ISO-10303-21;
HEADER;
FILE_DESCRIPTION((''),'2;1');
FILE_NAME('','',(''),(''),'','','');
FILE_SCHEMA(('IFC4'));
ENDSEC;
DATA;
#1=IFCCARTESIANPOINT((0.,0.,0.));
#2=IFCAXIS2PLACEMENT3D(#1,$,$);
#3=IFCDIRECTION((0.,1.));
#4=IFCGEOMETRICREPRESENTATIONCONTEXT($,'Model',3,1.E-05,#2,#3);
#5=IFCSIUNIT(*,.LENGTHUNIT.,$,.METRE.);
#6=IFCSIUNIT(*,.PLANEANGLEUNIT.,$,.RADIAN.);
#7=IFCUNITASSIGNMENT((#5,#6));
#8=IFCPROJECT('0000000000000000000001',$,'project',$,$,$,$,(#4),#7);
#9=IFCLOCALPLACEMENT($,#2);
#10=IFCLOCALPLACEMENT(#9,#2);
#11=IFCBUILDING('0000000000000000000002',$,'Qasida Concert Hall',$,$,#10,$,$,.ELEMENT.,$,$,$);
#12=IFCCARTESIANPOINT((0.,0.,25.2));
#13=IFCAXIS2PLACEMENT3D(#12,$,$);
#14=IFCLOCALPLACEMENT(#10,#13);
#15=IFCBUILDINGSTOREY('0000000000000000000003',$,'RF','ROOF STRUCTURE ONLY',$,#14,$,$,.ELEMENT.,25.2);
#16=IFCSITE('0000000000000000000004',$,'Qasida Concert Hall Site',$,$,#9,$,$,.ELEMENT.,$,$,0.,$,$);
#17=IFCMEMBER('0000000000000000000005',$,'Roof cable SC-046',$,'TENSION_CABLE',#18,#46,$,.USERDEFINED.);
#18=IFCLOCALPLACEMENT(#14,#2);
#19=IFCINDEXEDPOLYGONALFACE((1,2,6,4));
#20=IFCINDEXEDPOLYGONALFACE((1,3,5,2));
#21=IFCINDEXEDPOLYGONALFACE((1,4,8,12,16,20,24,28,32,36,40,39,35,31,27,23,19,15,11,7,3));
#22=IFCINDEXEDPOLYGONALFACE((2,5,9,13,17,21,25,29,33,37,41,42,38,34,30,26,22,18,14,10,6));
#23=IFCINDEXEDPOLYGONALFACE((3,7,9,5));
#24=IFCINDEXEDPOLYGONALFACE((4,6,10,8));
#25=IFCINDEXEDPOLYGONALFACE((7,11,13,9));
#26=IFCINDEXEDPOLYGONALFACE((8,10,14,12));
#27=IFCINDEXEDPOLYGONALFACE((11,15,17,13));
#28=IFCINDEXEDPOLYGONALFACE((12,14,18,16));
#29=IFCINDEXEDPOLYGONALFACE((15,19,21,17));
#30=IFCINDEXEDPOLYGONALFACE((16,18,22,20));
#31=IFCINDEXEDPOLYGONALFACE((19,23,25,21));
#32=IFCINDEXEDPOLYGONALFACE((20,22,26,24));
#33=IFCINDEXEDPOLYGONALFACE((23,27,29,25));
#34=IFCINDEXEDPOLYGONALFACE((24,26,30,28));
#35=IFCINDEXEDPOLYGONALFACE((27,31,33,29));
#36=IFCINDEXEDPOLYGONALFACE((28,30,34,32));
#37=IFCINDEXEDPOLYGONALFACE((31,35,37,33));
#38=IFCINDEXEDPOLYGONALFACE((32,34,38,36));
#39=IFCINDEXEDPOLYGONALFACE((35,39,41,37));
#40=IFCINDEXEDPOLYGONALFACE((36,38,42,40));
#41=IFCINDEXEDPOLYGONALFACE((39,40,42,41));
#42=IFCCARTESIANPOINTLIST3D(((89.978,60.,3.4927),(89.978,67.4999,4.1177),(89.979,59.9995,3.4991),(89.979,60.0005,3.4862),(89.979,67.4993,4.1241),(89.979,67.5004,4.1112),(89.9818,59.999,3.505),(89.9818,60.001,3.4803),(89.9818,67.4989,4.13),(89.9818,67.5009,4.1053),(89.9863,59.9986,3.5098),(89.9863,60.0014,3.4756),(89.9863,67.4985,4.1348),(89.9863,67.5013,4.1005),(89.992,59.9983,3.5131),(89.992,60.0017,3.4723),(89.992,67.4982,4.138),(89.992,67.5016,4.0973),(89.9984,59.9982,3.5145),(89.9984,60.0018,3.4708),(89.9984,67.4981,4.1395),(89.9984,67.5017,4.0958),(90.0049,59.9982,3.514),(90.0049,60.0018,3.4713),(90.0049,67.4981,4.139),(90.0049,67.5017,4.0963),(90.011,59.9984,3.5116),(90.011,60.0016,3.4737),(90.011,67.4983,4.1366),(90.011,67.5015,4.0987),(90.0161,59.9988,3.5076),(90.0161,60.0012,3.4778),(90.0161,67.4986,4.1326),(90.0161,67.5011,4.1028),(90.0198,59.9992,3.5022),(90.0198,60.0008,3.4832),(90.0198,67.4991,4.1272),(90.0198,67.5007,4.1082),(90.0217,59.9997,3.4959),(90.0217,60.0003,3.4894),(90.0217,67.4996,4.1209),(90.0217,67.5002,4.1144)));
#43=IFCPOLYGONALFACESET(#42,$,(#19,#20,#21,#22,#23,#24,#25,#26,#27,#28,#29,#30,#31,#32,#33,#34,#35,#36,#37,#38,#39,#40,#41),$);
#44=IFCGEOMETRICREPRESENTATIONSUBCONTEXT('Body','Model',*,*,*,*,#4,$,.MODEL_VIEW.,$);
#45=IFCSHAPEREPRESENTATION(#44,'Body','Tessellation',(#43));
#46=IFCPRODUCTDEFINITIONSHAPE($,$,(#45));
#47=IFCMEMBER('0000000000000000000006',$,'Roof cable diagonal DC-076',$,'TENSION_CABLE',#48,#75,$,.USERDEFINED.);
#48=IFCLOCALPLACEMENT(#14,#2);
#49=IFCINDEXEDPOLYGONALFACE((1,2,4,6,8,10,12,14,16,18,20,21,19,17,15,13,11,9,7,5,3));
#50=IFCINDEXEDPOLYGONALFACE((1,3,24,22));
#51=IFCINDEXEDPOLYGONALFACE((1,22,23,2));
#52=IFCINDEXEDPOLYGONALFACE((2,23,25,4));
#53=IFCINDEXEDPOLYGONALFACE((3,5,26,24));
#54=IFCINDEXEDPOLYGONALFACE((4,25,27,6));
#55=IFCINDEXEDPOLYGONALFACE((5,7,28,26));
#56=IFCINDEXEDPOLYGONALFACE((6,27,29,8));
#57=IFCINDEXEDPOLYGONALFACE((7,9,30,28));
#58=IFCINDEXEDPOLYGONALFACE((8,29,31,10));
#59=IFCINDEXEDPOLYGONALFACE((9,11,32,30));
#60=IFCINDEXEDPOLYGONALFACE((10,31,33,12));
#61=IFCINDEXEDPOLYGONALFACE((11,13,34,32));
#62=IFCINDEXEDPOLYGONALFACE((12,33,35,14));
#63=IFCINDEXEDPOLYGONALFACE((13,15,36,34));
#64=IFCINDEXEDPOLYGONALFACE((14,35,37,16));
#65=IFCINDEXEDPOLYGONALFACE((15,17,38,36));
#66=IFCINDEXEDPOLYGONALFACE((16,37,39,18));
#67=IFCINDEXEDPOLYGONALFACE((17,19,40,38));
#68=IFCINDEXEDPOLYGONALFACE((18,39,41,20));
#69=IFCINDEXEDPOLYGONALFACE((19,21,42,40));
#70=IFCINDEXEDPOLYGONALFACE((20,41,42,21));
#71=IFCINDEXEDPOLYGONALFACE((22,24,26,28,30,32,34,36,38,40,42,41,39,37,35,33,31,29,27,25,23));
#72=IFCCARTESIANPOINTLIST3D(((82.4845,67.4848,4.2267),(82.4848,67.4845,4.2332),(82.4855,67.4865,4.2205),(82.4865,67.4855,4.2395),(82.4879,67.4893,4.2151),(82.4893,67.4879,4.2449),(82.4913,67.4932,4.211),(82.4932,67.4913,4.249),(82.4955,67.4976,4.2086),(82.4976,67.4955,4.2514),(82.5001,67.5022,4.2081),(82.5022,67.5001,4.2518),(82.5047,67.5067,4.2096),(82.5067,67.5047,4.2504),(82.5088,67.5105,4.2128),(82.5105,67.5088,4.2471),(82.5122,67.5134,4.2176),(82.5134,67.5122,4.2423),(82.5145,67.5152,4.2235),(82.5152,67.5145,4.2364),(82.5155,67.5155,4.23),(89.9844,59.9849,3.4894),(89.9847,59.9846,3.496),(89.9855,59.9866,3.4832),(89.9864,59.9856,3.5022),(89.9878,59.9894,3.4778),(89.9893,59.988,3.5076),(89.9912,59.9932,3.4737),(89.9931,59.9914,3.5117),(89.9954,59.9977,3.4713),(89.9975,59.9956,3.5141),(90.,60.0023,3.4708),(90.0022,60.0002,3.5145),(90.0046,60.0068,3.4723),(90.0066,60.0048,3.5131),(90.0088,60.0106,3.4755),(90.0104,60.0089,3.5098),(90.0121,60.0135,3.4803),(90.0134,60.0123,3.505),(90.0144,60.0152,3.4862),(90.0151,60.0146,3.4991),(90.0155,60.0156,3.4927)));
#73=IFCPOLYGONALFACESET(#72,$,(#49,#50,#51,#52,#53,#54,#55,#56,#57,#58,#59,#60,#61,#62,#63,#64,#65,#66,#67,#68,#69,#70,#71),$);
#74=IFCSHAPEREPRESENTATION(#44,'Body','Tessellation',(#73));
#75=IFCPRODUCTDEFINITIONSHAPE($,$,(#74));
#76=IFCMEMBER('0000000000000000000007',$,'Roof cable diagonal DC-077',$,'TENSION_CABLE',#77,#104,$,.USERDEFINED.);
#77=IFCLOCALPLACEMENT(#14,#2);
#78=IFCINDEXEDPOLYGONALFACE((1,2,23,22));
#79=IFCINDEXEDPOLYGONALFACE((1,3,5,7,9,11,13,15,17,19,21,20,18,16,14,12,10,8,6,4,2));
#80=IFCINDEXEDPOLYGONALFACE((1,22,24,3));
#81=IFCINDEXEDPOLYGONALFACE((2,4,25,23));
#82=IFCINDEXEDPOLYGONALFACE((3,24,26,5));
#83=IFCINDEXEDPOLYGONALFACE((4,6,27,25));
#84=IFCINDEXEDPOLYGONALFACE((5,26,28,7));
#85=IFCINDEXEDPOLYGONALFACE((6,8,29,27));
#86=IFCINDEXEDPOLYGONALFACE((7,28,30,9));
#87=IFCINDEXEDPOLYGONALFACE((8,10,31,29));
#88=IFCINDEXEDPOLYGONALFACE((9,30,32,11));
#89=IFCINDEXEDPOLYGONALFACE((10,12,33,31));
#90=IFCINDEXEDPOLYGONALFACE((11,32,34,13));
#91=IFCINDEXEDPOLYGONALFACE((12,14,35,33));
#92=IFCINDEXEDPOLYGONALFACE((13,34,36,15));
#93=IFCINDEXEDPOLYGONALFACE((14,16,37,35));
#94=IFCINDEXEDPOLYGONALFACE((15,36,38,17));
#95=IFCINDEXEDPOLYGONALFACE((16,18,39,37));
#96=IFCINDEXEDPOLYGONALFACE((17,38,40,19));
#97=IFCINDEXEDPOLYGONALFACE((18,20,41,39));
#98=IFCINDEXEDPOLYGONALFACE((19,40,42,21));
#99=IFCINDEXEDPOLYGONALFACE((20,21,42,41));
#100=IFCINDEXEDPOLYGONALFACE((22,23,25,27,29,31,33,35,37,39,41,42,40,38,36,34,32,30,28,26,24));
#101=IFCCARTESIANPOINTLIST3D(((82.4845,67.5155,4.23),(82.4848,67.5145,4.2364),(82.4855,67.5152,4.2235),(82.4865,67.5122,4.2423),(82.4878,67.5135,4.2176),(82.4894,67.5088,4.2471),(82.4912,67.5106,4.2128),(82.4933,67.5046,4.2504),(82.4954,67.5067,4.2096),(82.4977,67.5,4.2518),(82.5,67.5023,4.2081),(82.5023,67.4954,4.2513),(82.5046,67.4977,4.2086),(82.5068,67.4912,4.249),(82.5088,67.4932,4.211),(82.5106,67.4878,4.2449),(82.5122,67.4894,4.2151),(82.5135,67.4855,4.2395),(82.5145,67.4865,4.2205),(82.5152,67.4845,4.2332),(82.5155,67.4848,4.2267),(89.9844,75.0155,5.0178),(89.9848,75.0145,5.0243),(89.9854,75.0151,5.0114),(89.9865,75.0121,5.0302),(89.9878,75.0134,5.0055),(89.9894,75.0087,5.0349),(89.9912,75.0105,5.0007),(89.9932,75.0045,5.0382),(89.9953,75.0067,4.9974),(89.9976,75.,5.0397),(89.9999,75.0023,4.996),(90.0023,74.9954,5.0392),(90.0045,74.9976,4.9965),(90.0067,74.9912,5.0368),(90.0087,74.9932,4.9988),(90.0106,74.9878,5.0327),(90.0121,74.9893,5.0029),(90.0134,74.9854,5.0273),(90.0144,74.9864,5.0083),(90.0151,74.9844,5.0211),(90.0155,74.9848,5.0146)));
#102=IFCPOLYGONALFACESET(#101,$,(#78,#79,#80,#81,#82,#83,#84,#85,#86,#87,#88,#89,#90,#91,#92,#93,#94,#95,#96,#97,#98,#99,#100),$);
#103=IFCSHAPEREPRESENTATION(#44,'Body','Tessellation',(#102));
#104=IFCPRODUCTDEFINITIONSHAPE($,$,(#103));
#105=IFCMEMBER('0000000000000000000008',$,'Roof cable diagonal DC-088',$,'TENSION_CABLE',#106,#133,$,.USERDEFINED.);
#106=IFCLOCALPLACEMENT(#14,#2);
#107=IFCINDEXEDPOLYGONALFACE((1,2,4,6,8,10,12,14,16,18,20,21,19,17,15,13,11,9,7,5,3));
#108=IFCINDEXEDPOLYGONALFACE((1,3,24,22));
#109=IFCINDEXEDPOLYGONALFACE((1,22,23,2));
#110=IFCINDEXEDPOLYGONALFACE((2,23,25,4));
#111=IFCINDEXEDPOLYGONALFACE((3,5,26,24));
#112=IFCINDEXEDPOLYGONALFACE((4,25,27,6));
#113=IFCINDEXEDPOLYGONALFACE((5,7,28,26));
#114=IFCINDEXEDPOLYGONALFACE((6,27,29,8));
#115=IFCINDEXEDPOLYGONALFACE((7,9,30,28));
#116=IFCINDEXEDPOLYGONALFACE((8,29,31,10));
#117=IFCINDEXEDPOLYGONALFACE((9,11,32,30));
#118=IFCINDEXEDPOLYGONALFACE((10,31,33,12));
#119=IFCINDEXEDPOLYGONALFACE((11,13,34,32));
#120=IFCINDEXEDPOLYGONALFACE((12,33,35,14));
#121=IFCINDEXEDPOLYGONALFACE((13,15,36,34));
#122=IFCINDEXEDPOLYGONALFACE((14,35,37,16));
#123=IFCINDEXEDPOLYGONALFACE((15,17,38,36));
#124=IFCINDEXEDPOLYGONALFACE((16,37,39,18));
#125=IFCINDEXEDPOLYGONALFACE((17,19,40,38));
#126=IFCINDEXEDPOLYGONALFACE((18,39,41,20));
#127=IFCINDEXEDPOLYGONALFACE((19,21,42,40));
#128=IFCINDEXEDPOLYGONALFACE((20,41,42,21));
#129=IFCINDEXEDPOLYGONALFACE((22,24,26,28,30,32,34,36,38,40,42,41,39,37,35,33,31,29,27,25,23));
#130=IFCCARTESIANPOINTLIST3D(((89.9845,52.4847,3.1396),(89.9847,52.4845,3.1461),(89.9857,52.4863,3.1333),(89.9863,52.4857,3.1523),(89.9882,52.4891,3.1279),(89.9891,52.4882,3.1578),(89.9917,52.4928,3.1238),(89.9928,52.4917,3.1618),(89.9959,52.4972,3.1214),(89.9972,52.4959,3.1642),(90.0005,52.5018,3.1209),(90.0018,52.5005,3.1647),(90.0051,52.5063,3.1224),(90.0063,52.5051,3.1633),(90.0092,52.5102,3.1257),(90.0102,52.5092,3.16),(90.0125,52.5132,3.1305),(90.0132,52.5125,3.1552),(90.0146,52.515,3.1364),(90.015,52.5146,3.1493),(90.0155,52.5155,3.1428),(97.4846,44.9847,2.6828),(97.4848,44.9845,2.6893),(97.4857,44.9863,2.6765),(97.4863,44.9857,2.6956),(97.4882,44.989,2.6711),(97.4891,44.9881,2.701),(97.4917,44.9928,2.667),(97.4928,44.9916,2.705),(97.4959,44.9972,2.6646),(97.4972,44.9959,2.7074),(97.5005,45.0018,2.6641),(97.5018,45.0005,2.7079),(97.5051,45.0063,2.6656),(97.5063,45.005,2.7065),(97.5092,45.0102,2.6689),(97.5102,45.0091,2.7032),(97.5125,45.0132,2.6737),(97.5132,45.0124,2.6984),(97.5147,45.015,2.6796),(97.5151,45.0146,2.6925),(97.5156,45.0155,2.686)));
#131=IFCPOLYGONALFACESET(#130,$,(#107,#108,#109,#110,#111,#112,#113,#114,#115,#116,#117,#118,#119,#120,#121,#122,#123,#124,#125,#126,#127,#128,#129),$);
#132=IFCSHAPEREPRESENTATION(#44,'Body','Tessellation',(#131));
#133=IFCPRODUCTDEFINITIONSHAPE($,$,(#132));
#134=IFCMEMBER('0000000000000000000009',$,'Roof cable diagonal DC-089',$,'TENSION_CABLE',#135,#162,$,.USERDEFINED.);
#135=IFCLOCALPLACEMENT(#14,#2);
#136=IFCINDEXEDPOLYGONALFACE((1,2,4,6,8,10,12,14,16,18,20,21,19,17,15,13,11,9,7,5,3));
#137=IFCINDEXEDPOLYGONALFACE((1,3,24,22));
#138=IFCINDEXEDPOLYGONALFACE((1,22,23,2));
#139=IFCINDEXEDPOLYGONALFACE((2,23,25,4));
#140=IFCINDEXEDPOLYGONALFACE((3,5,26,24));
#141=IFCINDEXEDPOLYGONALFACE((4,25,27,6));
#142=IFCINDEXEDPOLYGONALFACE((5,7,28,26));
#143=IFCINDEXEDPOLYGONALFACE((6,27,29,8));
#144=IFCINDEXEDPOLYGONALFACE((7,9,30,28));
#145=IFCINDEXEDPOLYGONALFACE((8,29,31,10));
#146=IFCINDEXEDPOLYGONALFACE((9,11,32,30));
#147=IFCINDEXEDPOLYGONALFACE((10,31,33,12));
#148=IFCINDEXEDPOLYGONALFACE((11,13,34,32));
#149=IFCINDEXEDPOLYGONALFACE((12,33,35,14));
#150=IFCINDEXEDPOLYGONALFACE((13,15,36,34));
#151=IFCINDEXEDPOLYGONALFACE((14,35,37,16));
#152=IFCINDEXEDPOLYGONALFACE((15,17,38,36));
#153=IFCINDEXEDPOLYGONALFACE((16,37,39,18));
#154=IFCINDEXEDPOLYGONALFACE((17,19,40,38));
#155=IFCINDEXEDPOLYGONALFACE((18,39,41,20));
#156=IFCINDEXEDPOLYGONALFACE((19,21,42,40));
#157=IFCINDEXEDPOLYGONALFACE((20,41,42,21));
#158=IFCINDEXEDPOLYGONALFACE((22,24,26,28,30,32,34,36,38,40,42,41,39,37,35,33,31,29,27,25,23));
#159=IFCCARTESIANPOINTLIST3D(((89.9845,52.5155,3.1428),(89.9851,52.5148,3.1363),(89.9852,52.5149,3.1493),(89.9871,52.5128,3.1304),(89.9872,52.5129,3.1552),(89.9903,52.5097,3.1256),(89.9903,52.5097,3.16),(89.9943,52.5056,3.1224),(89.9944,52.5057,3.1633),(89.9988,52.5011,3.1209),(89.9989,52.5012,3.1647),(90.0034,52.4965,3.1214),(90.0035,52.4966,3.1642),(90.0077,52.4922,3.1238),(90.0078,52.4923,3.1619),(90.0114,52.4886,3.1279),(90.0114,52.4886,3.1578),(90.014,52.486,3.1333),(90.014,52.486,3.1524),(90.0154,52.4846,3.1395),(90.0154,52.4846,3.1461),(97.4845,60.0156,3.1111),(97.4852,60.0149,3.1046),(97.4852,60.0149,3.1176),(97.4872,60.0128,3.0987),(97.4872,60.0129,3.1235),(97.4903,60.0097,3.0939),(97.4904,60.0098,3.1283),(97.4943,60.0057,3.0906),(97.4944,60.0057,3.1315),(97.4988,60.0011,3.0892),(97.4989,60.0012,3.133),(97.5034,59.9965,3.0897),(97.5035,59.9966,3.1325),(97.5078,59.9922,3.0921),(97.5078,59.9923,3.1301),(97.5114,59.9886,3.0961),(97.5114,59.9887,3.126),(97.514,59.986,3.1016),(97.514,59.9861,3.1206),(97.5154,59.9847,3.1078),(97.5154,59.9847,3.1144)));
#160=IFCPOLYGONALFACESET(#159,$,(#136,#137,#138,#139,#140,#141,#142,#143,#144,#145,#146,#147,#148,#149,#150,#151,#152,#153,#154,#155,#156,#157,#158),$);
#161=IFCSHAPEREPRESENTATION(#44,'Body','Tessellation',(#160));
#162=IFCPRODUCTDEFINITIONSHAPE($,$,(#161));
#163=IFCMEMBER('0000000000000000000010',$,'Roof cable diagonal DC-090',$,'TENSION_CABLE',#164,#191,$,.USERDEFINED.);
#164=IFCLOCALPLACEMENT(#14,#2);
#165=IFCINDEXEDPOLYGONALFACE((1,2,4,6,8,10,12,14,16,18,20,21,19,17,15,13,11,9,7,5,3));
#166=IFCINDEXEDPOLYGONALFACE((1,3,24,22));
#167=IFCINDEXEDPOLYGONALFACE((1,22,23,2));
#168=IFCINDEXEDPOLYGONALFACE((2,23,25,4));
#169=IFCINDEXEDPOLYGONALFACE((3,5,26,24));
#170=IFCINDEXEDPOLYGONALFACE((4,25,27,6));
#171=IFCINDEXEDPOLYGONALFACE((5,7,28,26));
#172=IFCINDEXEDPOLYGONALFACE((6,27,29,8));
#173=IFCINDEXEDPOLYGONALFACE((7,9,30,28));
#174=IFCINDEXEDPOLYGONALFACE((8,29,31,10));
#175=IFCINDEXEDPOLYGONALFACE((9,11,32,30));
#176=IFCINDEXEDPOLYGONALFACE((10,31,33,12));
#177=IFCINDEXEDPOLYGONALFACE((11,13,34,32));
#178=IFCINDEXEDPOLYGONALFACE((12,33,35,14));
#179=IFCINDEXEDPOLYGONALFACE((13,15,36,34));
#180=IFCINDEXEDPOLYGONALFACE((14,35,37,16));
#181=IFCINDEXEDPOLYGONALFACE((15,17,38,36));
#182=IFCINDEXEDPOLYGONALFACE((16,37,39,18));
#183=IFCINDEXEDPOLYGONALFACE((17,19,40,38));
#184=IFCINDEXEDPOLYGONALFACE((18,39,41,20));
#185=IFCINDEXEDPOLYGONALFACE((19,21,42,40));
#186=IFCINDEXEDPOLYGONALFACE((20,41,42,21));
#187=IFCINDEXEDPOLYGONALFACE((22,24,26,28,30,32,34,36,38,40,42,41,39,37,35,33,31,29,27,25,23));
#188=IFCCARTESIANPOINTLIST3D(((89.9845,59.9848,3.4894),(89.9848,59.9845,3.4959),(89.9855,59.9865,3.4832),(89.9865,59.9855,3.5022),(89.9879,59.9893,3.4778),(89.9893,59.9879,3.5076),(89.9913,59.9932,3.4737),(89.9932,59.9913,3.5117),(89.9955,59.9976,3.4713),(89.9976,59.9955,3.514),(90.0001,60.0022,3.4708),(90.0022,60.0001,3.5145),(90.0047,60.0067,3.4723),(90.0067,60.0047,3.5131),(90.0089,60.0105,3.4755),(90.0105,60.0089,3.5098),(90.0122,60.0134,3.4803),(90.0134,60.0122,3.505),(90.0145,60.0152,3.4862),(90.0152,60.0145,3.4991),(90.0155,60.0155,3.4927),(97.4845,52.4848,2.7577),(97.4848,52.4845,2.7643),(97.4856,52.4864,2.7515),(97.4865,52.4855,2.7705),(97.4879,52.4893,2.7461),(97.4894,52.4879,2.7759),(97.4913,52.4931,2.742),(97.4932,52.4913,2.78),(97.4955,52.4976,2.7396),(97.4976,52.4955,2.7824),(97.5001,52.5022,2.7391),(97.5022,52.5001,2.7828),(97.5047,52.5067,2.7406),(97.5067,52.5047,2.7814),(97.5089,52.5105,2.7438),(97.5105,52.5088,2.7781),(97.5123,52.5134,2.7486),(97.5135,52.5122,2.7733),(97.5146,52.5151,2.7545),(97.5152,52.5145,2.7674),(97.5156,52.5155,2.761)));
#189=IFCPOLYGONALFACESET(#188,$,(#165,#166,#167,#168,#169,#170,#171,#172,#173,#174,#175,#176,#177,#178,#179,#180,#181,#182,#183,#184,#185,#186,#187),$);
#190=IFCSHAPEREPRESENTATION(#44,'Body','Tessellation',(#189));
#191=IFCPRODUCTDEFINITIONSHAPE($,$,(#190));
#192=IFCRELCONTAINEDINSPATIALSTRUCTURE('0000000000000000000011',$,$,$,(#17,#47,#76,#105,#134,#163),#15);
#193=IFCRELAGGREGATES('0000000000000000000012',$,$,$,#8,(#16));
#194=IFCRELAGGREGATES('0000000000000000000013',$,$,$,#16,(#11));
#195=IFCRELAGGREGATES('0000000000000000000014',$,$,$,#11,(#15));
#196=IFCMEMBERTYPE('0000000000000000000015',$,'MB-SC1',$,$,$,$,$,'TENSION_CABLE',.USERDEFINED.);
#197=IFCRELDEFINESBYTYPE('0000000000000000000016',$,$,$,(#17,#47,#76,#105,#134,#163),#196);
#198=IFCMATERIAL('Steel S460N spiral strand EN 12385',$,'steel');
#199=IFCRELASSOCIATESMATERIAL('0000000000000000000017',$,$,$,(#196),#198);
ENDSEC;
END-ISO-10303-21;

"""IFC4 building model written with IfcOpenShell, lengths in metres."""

from ifc_helpers import new_model, si_unit, direction, frame, origin, origin_2d, place, context, subcontext, project, spatial, circle, extrude, material, material_profile, profile_set, type_object, element, save


model = new_model("IFC4")

# Units and contexts
model_context = context("Model", 3, precision=1e-05, world=origin(), true_north=direction((0.0, 1.0)))
body_context = subcontext(model_context, "Body", "Model", "MODEL_VIEW")
ifc_project = project(units=[si_unit("LENGTHUNIT", "METRE"), si_unit("PLANEANGLEUNIT", "RADIAN")], contexts=[model_context])

# Site, building, storey
site_placement = place(None, origin())
site = spatial("IfcSite", under=ifc_project, at=site_placement, Name="Qasida Concert Hall Site", CompositionType="ELEMENT", RefElevation=0.0)
building_placement = place(site_placement, origin())
building = spatial("IfcBuilding", under=site, at=building_placement, Name="Qasida Concert Hall", CompositionType="ELEMENT")
storey_placement = place(building_placement, frame((0.0, 0.0, 25.2)))
storey = spatial("IfcBuildingStorey", under=building, at=storey_placement, Name="RF", Description="ROOF STRUCTURE ONLY", CompositionType="ELEMENT", Elevation=25.2)

# Members
ifc_material_1 = material(Name="Steel S460N spiral strand EN 12385", Category="steel")
ifc_material_profile_1 = material_profile(ifc_material_1, circle(Radius=0.022, at=origin_2d()), Name="STRAND D44")
ifc_profile_set_1 = profile_set([ifc_material_profile_1], Name="Steel S460N spiral strand EN 12385")
member_type_1 = type_object("IfcMemberType", Name="MB-SC1", ElementType="TENSION_CABLE", PredefinedType="USERDEFINED", material=ifc_profile_set_1)
member_1_placement = place(storey_placement, frame((90.0, 60.0, 3.4927), z_axis=(0.0, 0.996546, 0.083045), x_axis=(-1.0, 0.0, 0.0)))
element("IfcMember", 1, at=member_1_placement, inside=storey, type_object=member_type_1, Name="Roof cable SC-046", ObjectType="TENSION_CABLE", PredefinedType="USERDEFINED", context=body_context, shape_type="SweptSolid", body=[
    extrude(circle(Radius=0.022, at=origin_2d()), origin(), (0.0, 0.0, 1.0), 7.5259),
])
member_2_placement = place(storey_placement, frame((82.5, 67.5, 4.23), z_axis=(0.705405, -0.705405, -0.069346), x_axis=(0.707107, 0.707107, 0.0)))
element("IfcMember", 2, at=member_2_placement, inside=storey, type_object=member_type_1, Name="Roof cable diagonal DC-076", ObjectType="TENSION_CABLE", PredefinedType="USERDEFINED", context=body_context, shape_type="SweptSolid", body=[
    extrude(circle(Radius=0.022, at=origin_2d()), origin(), (0.0, 0.0, 1.0), 10.6321),
])
member_3_placement = place(storey_placement, frame((82.5, 67.5, 4.23), z_axis=(0.705164, 0.705164, 0.074074), x_axis=(-0.707107, 0.707107, 0.0)))
element("IfcMember", 3, at=member_3_placement, inside=storey, type_object=member_type_1, Name="Roof cable diagonal DC-077", ObjectType="TENSION_CABLE", PredefinedType="USERDEFINED", context=body_context, shape_type="SweptSolid", body=[
    extrude(circle(Radius=0.022, at=origin_2d()), origin(), (0.0, 0.0, 1.0), 10.6357),
])
member_4_placement = place(storey_placement, frame((90.0, 52.5, 3.1428), z_axis=(0.706452, -0.706452, -0.043026), x_axis=(0.707107, 0.707107, 0.0)))
element("IfcMember", 4, at=member_4_placement, inside=storey, type_object=member_type_1, Name="Roof cable diagonal DC-088", ObjectType="TENSION_CABLE", PredefinedType="USERDEFINED", context=body_context, shape_type="SweptSolid", body=[
    extrude(circle(Radius=0.022, at=origin_2d()), origin(), (0.0, 0.0, 1.0), 10.6165),
])
member_5_placement = place(storey_placement, frame((90.0, 52.5, 3.1428), z_axis=(0.707104, 0.707104, -0.002992), x_axis=(-0.707107, 0.707107, 0.0)))
element("IfcMember", 5, at=member_5_placement, inside=storey, type_object=member_type_1, Name="Roof cable diagonal DC-089", ObjectType="TENSION_CABLE", PredefinedType="USERDEFINED", context=body_context, shape_type="SweptSolid", body=[
    extrude(circle(Radius=0.022, at=origin_2d()), origin(), (0.0, 0.0, 1.0), 10.6067),
])
member_6_placement = place(storey_placement, frame((90.0, 60.0, 3.4927), z_axis=(0.70543, -0.70543, -0.068821), x_axis=(0.707107, 0.707107, 0.0)))
element("IfcMember", 6, at=member_6_placement, inside=storey, type_object=member_type_1, Name="Roof cable diagonal DC-090", ObjectType="TENSION_CABLE", PredefinedType="USERDEFINED", context=body_context, shape_type="SweptSolid", body=[
    extrude(circle(Radius=0.022, at=origin_2d()), origin(), (0.0, 0.0, 1.0), 10.6318),
])

save(model, "model.ifc")
